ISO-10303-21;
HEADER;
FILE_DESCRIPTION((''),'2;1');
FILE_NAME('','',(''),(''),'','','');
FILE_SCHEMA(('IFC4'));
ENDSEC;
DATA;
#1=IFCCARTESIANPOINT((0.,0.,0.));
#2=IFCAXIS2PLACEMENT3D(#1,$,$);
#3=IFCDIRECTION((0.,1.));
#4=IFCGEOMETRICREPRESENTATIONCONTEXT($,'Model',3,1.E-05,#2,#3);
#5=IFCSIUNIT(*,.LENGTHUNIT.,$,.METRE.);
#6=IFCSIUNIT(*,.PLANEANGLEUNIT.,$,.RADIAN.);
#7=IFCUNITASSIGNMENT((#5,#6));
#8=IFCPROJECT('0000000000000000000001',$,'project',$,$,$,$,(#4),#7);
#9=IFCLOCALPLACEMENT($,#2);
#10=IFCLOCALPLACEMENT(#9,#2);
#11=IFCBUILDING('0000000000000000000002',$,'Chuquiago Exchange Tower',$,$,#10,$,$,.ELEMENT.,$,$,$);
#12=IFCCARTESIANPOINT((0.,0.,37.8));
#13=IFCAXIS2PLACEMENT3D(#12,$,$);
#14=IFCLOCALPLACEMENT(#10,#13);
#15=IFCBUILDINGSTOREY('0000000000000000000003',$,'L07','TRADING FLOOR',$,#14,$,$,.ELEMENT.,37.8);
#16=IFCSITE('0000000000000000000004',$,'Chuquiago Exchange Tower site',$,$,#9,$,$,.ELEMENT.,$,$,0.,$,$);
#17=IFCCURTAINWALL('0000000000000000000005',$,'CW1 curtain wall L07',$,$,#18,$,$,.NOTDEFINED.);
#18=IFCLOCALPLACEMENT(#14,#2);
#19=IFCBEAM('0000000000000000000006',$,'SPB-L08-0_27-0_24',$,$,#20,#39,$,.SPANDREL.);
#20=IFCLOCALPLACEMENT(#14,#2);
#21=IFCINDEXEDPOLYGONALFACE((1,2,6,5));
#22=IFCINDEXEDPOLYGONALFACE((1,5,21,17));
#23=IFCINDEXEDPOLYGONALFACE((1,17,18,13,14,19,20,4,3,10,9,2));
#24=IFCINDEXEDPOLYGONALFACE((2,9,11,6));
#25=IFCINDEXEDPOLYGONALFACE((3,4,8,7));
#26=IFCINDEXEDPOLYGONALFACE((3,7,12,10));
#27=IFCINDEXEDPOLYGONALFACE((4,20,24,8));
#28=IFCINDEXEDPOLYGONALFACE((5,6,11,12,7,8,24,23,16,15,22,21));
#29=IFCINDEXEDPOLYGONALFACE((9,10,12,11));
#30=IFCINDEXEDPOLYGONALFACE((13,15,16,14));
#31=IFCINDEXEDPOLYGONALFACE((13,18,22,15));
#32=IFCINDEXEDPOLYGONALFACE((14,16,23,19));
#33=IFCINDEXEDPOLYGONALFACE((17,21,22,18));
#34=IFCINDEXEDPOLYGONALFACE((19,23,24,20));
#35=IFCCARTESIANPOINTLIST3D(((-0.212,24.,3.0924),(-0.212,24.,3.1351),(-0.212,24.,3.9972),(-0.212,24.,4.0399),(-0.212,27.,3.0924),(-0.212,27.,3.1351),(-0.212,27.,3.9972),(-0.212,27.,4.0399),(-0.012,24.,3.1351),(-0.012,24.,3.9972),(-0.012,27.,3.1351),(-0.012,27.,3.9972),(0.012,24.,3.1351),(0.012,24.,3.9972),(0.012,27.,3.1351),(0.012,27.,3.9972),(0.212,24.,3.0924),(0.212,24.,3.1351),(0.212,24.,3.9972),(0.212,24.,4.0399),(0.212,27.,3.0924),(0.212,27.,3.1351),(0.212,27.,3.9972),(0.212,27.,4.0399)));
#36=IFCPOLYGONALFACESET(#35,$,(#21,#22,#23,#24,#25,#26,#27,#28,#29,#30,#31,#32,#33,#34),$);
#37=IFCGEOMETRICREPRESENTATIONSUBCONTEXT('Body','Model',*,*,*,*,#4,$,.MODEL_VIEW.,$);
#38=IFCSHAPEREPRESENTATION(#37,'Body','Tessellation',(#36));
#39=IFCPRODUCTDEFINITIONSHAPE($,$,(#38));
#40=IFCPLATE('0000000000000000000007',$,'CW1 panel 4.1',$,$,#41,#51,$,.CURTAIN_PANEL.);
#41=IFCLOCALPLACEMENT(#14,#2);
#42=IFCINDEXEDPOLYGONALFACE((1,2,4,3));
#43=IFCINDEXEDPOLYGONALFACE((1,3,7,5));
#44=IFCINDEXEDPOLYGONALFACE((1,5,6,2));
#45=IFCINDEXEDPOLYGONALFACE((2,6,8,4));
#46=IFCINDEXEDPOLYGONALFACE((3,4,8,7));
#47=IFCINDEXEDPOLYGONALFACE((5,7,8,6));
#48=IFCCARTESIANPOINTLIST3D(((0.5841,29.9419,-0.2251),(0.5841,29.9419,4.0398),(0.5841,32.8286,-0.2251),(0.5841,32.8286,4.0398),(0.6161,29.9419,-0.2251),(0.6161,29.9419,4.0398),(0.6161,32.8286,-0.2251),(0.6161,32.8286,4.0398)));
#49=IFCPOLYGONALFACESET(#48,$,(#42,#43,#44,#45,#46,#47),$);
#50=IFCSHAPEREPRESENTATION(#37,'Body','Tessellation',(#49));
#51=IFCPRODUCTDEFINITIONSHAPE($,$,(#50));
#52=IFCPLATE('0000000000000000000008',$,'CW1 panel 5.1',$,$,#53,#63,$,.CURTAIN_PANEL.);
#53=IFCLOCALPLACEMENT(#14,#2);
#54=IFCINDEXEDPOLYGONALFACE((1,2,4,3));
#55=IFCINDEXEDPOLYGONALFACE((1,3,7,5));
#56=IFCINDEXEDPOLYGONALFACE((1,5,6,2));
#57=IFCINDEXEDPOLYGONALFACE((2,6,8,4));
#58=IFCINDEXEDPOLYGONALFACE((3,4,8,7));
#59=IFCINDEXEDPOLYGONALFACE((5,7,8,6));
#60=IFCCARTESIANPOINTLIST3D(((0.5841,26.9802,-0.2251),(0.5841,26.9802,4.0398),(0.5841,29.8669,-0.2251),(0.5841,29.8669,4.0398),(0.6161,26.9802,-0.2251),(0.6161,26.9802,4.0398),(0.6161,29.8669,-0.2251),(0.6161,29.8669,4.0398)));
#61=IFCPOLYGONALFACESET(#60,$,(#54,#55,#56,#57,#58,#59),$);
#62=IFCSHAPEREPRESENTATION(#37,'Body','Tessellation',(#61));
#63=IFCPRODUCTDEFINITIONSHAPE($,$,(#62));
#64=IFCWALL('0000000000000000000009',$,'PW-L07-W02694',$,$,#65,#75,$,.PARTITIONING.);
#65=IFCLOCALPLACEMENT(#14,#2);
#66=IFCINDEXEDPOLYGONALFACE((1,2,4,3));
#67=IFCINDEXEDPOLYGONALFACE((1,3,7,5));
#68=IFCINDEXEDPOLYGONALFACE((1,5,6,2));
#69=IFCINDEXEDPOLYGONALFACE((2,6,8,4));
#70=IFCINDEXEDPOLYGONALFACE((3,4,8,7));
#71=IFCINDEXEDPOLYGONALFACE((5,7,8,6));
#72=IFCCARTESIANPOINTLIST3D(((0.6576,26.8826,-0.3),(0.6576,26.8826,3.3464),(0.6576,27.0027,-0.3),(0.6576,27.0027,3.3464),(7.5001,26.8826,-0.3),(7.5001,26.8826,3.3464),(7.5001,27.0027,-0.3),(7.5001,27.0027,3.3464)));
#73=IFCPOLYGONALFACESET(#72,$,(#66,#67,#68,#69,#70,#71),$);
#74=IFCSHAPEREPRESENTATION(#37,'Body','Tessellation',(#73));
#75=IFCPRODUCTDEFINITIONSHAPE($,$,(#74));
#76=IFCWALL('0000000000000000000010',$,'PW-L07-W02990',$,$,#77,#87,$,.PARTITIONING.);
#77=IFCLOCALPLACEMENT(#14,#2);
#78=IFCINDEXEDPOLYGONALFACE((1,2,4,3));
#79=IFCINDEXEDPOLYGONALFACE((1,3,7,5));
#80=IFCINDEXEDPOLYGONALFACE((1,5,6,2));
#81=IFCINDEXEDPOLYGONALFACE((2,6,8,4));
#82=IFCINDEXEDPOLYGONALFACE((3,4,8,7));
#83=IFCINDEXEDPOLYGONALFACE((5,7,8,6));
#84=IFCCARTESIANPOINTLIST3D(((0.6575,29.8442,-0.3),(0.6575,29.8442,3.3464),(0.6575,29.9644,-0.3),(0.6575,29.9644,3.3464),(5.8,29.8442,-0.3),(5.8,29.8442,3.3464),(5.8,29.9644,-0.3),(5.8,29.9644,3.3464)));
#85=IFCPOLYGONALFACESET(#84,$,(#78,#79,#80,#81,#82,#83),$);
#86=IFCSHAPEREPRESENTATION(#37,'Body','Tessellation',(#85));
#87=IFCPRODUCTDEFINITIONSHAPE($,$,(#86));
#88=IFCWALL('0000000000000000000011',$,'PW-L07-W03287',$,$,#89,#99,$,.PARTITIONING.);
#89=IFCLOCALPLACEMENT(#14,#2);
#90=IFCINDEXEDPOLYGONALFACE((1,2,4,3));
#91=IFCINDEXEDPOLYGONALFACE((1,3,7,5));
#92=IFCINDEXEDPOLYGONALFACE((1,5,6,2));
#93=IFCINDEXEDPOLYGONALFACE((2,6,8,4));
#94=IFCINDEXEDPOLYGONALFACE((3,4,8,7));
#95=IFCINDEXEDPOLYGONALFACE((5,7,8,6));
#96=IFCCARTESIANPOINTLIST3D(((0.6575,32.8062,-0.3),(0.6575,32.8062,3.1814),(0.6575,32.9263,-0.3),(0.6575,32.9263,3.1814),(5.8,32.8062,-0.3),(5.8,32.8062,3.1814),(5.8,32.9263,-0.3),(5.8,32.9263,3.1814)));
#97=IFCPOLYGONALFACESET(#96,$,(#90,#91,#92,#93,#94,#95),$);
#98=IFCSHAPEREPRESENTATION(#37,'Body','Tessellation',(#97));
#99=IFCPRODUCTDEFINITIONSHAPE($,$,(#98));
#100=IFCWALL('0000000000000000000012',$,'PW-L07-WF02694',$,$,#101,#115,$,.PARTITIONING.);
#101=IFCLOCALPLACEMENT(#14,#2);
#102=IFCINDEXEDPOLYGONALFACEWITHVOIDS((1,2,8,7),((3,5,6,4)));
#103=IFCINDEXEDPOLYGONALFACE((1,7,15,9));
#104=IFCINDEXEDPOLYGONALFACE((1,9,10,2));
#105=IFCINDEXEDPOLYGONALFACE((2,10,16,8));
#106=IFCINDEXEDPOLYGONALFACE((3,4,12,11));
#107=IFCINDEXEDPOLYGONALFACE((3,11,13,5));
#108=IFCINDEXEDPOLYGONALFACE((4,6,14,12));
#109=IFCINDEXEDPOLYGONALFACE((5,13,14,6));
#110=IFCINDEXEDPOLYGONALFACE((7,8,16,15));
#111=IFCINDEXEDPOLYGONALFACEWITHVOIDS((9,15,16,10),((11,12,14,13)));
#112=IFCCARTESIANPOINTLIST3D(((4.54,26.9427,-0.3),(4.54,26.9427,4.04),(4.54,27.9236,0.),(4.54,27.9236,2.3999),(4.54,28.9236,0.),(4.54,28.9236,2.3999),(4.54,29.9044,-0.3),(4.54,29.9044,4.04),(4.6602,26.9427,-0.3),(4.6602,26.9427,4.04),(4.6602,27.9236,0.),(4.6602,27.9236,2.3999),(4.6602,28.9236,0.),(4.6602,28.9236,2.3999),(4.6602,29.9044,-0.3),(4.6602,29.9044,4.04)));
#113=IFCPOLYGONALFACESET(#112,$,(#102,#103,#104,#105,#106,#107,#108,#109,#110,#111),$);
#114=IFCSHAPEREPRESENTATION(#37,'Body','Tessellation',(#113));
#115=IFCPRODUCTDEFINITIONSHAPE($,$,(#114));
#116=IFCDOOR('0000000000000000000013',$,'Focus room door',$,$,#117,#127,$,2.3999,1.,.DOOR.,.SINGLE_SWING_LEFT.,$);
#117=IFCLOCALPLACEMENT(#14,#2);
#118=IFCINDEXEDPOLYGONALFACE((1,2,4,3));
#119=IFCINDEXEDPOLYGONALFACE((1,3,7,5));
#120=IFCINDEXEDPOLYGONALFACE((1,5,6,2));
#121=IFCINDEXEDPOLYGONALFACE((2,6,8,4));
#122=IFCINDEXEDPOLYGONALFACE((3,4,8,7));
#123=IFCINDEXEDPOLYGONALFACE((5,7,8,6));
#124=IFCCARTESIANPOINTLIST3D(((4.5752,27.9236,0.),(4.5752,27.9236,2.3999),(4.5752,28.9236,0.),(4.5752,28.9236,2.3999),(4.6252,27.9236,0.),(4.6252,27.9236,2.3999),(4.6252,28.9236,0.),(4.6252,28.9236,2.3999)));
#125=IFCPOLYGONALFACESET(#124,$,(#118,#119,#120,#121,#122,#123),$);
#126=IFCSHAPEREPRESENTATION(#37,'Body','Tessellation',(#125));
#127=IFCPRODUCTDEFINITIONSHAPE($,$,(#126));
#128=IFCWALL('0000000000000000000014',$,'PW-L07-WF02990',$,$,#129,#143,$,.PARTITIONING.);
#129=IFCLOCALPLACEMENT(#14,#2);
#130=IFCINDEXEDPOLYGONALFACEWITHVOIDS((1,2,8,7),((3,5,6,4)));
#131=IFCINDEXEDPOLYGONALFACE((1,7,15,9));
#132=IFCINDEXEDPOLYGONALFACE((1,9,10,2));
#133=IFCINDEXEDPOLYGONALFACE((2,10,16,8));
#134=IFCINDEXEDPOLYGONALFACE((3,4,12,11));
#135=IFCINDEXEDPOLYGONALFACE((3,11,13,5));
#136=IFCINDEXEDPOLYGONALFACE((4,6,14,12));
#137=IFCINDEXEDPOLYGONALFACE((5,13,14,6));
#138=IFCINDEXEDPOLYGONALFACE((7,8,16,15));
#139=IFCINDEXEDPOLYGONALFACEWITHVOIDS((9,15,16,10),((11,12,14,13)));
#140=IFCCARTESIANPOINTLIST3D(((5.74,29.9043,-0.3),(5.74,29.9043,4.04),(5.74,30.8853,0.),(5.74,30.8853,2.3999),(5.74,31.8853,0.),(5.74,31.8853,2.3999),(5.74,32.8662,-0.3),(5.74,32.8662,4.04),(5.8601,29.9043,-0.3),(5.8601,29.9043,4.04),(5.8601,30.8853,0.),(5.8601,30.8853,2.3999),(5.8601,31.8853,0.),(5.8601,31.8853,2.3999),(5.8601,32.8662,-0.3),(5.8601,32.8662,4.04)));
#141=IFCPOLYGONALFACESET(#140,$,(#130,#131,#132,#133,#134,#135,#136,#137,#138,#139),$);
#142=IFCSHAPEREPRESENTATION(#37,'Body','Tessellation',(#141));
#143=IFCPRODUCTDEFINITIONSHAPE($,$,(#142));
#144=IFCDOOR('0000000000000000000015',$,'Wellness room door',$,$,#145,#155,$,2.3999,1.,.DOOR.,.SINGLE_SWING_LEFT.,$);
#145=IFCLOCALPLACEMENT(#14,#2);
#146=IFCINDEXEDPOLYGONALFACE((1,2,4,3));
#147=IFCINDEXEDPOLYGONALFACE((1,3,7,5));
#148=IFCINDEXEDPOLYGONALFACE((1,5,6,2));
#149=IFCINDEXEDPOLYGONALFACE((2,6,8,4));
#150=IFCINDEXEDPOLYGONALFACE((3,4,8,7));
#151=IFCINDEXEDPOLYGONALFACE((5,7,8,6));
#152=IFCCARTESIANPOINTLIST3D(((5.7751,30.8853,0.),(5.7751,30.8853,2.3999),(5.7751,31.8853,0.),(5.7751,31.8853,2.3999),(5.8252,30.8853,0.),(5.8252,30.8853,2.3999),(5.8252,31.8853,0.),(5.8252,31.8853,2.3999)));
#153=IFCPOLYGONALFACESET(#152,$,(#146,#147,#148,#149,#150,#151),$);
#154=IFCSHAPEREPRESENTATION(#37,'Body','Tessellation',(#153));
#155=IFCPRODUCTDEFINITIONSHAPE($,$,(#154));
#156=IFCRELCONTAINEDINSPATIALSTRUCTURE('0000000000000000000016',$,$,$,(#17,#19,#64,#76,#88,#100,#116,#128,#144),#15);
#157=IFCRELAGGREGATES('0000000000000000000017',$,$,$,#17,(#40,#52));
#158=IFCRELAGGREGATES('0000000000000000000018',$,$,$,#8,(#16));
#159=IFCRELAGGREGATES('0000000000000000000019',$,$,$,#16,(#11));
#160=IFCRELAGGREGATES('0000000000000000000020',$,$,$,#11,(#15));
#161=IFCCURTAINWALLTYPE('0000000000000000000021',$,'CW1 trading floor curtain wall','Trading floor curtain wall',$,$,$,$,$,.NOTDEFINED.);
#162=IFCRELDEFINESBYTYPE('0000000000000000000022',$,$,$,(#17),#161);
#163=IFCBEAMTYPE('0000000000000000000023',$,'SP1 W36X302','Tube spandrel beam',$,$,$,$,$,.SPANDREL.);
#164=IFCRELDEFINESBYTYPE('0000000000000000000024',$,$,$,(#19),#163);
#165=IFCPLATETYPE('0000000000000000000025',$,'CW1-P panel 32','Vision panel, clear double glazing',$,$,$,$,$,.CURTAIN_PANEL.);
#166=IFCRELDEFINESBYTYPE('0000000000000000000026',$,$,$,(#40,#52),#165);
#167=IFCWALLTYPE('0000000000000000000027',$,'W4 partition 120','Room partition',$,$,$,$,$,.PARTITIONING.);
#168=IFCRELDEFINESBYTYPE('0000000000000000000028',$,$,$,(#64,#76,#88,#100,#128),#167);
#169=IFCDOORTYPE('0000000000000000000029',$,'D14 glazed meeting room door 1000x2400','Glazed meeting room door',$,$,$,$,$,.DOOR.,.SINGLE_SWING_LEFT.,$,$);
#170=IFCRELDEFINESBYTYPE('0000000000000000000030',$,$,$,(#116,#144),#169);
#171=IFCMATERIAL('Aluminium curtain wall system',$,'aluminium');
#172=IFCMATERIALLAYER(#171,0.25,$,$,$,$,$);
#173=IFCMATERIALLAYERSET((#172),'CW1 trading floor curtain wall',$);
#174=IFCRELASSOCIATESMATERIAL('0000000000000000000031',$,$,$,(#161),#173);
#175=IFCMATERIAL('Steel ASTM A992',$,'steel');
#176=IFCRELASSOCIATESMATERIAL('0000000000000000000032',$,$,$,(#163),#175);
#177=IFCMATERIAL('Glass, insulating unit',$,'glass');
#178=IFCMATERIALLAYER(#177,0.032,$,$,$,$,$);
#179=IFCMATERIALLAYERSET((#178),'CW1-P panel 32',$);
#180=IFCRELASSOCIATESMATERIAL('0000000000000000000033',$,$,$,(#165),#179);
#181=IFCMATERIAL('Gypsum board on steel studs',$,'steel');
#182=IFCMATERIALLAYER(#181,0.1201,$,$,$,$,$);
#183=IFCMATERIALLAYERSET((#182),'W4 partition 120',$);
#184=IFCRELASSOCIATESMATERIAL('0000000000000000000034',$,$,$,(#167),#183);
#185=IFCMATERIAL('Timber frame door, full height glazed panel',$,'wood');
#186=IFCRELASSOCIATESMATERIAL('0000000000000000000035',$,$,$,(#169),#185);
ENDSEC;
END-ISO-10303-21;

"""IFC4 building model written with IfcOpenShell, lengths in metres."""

from ifc_helpers import new_model, si_unit, direction, frame, frame_2d, origin, origin_2d, place, context, subcontext, project, spatial, rectangle, i_section, extrude, material, layer, layer_set, material_profile, profile_set, type_object, element, fill, aggregate, save


model = new_model("IFC4")

# Units and contexts
model_context = context("Model", 3, precision=1e-05, world=origin(), true_north=direction((0.0, 1.0)))
body_context = subcontext(model_context, "Body", "Model", "MODEL_VIEW")
ifc_project = project(units=[si_unit("LENGTHUNIT", "METRE"), si_unit("PLANEANGLEUNIT", "RADIAN")], contexts=[model_context])

# Site, building, storey
site_placement = place(None, origin())
site = spatial("IfcSite", under=ifc_project, at=site_placement, Name="Chuquiago Exchange Tower site", CompositionType="ELEMENT", RefElevation=0.0)
building_placement = place(site_placement, origin())
building = spatial("IfcBuilding", under=site, at=building_placement, Name="Chuquiago Exchange Tower", CompositionType="ELEMENT")
storey_placement = place(building_placement, frame((0.0, 0.0, 37.8)))
storey = spatial("IfcBuildingStorey", under=building, at=storey_placement, Name="L07", Description="TRADING FLOOR", CompositionType="ELEMENT", Elevation=37.8)

# Curtain wall
ifc_material_1 = material(Name="Aluminium curtain wall system", Category="aluminium")
ifc_layer_1 = layer(ifc_material_1, 0.25)
ifc_layer_set_1 = layer_set([ifc_layer_1], Name="CW1 trading floor curtain wall")
curtain_wall_type = type_object("IfcCurtainWallType", Name="CW1 trading floor curtain wall", Description="Trading floor curtain wall", PredefinedType="NOTDEFINED", material=ifc_layer_set_1)
curtain_wall_placement = place(storey_placement, origin())
curtain_wall = element("IfcCurtainWall", 1, at=curtain_wall_placement, inside=storey, type_object=curtain_wall_type, Name="CW1 curtain wall L07", PredefinedType="NOTDEFINED")

# Beam
ifc_material_2 = material(Name="Steel ASTM A992", Category="steel")
ifc_material_profile_1 = material_profile(ifc_material_2, i_section(OverallWidth=0.4241, OverallDepth=0.9475, WebThickness=0.0239, FlangeThickness=0.0427, at=origin_2d()), Name="W36X302")
ifc_profile_set_1 = profile_set([ifc_material_profile_1], Name="Steel ASTM A992")
beam_type = type_object("IfcBeamType", Name="SP1 W36X302", Description="Tube spandrel beam", PredefinedType="SPANDREL", material=ifc_profile_set_1)
for number, where, z_axis, x_axis, name in (
    (2, (0.0, 27.0, 3.5662), (0.0, -1.0, 0.0), (1.0, 0.0, 0.0), "SPB-L08-0_27-0_24"),
):
    element("IfcBeam", number, at=place(storey_placement, frame(where, z_axis=z_axis, x_axis=x_axis)), inside=storey, type_object=beam_type, Name=name, PredefinedType="SPANDREL", context=body_context, shape_type="SweptSolid", body=[
        extrude(i_section(OverallWidth=0.4241, OverallDepth=0.9475, WebThickness=0.0239, FlangeThickness=0.0427, at=origin_2d()), origin(), (0.0, 0.0, 1.0), 3.0),
    ])

# Plates
ifc_material_3 = material(Name="Glass, insulating unit", Category="glass")
ifc_layer_2 = layer(ifc_material_3, 0.032)
ifc_layer_set_2 = layer_set([ifc_layer_2], Name="CW1-P panel 32")
plate_type = type_object("IfcPlateType", Name="CW1-P panel 32", Description="Vision panel, clear double glazing", PredefinedType="CURTAIN_PANEL", material=ifc_layer_set_2)
plate_1_placement = place(storey_placement, frame((0.6001, 31.3853, -0.2251), z_axis=(0.0, 0.0, 1.0), x_axis=(0.0, -1.0, 0.0)))
plate_1 = element("IfcPlate", 3, at=plate_1_placement, type_object=plate_type, Name="CW1 panel 4.1", PredefinedType="CURTAIN_PANEL", context=body_context, shape_type="SweptSolid", body=[
    extrude(rectangle(XDim=2.8867, YDim=0.032, at=origin_2d()), origin(), (0.0, 0.0, 1.0), 4.2649),
])
plate_2_placement = place(storey_placement, frame((0.6001, 28.4236, -0.2251), z_axis=(0.0, 0.0, 1.0), x_axis=(0.0, -1.0, 0.0)))
plate_2 = element("IfcPlate", 4, at=plate_2_placement, type_object=plate_type, Name="CW1 panel 5.1", PredefinedType="CURTAIN_PANEL", context=body_context, shape_type="SweptSolid", body=[
    extrude(rectangle(XDim=2.8867, YDim=0.032, at=origin_2d()), origin(), (0.0, 0.0, 1.0), 4.2649),
])
aggregate(curtain_wall, [plate_1, plate_2])

# Walls
ifc_material_4 = material(Name="Gypsum board on steel studs", Category="steel")
ifc_layer_3 = layer(ifc_material_4, 0.1201)
ifc_layer_set_3 = layer_set([ifc_layer_3], Name="W4 partition 120")
wall_type = type_object("IfcWallType", Name="W4 partition 120", Description="Room partition", PredefinedType="PARTITIONING", material=ifc_layer_set_3)
wall_1_placement = place(storey_placement, frame((0.6575, 26.9426, -0.3), z_axis=(0.0, 0.0, 1.0), x_axis=(1.0, 0.0, 0.0)))
element("IfcWall", 5, at=wall_1_placement, inside=storey, type_object=wall_type, Name="PW-L07-W02694", PredefinedType="PARTITIONING", context=body_context, shape_type="SweptSolid", body=[
    extrude(rectangle(XDim=6.8425, YDim=0.1201, at=frame_2d((3.4214, 0.0))), origin(), (0.0, 0.0, 1.0), 3.6465),
])
wall_2_placement = place(storey_placement, frame((0.6575, 29.9043, -0.3), z_axis=(0.0, 0.0, 1.0), x_axis=(1.0, 0.0, 0.0)))
element("IfcWall", 6, at=wall_2_placement, inside=storey, type_object=wall_type, Name="PW-L07-W02990", PredefinedType="PARTITIONING", context=body_context, shape_type="SweptSolid", body=[
    extrude(rectangle(XDim=5.1426, YDim=0.1201, at=frame_2d((2.5713, 0.0))), origin(), (0.0, 0.0, 1.0), 3.6465),
])
wall_3_placement = place(storey_placement, frame((0.6575, 32.8662, -0.3), z_axis=(0.0, 0.0, 1.0), x_axis=(1.0, 0.0, 0.0)))
element("IfcWall", 7, at=wall_3_placement, inside=storey, type_object=wall_type, Name="PW-L07-W03287", PredefinedType="PARTITIONING", context=body_context, shape_type="SweptSolid", body=[
    extrude(rectangle(XDim=5.1426, YDim=0.1201, at=frame_2d((2.5713, 0.0))), origin(), (0.0, 0.0, 1.0), 3.4814),
])

# Walls, openings, doors
wall_4_placement = place(storey_placement, frame((4.6001, 26.9426, -0.3), z_axis=(0.0, 0.0, 1.0), x_axis=(0.0, 1.0, 0.0)))
wall_4 = element("IfcWall", 8, at=wall_4_placement, inside=storey, type_object=wall_type, Name="PW-L07-WF02694", PredefinedType="PARTITIONING", context=body_context, shape_type="SweptSolid", body=[
    extrude(rectangle(XDim=2.9617, YDim=0.1201, at=frame_2d((1.481, 0.0))), origin(), (0.0, 0.0, 1.0), 4.3401),
])
opening_1_placement = place(wall_4_placement, frame((0.981, 0.0, 0.3)))
opening_1 = element("IfcOpeningElement", 9, at=opening_1_placement, cuts=wall_4, PredefinedType="OPENING", context=body_context, shape_type="SweptSolid", body=[
    extrude(rectangle(XDim=1.0, YDim=2.3999, at=frame_2d((0.5, 1.2))), frame((0.0, 0.0701, 0.0), z_axis=(0.0, -1.0, 0.0), x_axis=(1.0, 0.0, 0.0)), (0.0, 0.0, 1.0), 0.1401),
])
ifc_material_5 = material(Name="Timber frame door, full height glazed panel", Category="wood")
door_type = type_object("IfcDoorType", Name="D14 glazed meeting room door 1000x2400", Description="Glazed meeting room door", OperationType="SINGLE_SWING_LEFT", PredefinedType="DOOR", material=ifc_material_5)
door_1_placement = place(opening_1_placement, origin())
door_1 = element("IfcDoor", 10, at=door_1_placement, inside=storey, type_object=door_type, Name="Focus room door", OperationType="SINGLE_SWING_LEFT", OverallHeight=2.3999, OverallWidth=1.0, PredefinedType="DOOR", context=body_context, shape_type="SweptSolid", body=[
    extrude(rectangle(XDim=1.0, YDim=2.3999, at=frame_2d((0.5, 1.2))), frame((0.0, 0.0249, 0.0), z_axis=(0.0, -1.0, 0.0), x_axis=(1.0, 0.0, 0.0)), (0.0, 0.0, 1.0), 0.05),
])
fill(opening_1, door_1)
wall_5_placement = place(storey_placement, frame((5.8, 29.9043, -0.3), z_axis=(0.0, 0.0, 1.0), x_axis=(0.0, 1.0, 0.0)))
wall_5 = element("IfcWall", 11, at=wall_5_placement, inside=storey, type_object=wall_type, Name="PW-L07-WF02990", PredefinedType="PARTITIONING", context=body_context, shape_type="SweptSolid", body=[
    extrude(rectangle(XDim=2.9619, YDim=0.1201, at=frame_2d((1.481, 0.0))), origin(), (0.0, 0.0, 1.0), 4.3401),
])
opening_2_placement = place(wall_5_placement, frame((0.981, 0.0, 0.3)))
opening_2 = element("IfcOpeningElement", 12, at=opening_2_placement, cuts=wall_5, PredefinedType="OPENING", context=body_context, shape_type="SweptSolid", body=[
    extrude(rectangle(XDim=1.0, YDim=2.3999, at=frame_2d((0.5, 1.2))), frame((0.0, 0.0701, 0.0), z_axis=(0.0, -1.0, 0.0), x_axis=(1.0, 0.0, 0.0)), (0.0, 0.0, 1.0), 0.1401),
])
door_2_placement = place(opening_2_placement, origin())
door_2 = element("IfcDoor", 13, at=door_2_placement, inside=storey, type_object=door_type, Name="Wellness room door", OperationType="SINGLE_SWING_LEFT", OverallHeight=2.3999, OverallWidth=1.0, PredefinedType="DOOR", context=body_context, shape_type="SweptSolid", body=[
    extrude(rectangle(XDim=1.0, YDim=2.3999, at=frame_2d((0.5, 1.2))), frame((0.0, 0.0249, 0.0), z_axis=(0.0, -1.0, 0.0), x_axis=(1.0, 0.0, 0.0)), (0.0, 0.0, 1.0), 0.05),
])
fill(opening_2, door_2)

save(model, "model.ifc")
